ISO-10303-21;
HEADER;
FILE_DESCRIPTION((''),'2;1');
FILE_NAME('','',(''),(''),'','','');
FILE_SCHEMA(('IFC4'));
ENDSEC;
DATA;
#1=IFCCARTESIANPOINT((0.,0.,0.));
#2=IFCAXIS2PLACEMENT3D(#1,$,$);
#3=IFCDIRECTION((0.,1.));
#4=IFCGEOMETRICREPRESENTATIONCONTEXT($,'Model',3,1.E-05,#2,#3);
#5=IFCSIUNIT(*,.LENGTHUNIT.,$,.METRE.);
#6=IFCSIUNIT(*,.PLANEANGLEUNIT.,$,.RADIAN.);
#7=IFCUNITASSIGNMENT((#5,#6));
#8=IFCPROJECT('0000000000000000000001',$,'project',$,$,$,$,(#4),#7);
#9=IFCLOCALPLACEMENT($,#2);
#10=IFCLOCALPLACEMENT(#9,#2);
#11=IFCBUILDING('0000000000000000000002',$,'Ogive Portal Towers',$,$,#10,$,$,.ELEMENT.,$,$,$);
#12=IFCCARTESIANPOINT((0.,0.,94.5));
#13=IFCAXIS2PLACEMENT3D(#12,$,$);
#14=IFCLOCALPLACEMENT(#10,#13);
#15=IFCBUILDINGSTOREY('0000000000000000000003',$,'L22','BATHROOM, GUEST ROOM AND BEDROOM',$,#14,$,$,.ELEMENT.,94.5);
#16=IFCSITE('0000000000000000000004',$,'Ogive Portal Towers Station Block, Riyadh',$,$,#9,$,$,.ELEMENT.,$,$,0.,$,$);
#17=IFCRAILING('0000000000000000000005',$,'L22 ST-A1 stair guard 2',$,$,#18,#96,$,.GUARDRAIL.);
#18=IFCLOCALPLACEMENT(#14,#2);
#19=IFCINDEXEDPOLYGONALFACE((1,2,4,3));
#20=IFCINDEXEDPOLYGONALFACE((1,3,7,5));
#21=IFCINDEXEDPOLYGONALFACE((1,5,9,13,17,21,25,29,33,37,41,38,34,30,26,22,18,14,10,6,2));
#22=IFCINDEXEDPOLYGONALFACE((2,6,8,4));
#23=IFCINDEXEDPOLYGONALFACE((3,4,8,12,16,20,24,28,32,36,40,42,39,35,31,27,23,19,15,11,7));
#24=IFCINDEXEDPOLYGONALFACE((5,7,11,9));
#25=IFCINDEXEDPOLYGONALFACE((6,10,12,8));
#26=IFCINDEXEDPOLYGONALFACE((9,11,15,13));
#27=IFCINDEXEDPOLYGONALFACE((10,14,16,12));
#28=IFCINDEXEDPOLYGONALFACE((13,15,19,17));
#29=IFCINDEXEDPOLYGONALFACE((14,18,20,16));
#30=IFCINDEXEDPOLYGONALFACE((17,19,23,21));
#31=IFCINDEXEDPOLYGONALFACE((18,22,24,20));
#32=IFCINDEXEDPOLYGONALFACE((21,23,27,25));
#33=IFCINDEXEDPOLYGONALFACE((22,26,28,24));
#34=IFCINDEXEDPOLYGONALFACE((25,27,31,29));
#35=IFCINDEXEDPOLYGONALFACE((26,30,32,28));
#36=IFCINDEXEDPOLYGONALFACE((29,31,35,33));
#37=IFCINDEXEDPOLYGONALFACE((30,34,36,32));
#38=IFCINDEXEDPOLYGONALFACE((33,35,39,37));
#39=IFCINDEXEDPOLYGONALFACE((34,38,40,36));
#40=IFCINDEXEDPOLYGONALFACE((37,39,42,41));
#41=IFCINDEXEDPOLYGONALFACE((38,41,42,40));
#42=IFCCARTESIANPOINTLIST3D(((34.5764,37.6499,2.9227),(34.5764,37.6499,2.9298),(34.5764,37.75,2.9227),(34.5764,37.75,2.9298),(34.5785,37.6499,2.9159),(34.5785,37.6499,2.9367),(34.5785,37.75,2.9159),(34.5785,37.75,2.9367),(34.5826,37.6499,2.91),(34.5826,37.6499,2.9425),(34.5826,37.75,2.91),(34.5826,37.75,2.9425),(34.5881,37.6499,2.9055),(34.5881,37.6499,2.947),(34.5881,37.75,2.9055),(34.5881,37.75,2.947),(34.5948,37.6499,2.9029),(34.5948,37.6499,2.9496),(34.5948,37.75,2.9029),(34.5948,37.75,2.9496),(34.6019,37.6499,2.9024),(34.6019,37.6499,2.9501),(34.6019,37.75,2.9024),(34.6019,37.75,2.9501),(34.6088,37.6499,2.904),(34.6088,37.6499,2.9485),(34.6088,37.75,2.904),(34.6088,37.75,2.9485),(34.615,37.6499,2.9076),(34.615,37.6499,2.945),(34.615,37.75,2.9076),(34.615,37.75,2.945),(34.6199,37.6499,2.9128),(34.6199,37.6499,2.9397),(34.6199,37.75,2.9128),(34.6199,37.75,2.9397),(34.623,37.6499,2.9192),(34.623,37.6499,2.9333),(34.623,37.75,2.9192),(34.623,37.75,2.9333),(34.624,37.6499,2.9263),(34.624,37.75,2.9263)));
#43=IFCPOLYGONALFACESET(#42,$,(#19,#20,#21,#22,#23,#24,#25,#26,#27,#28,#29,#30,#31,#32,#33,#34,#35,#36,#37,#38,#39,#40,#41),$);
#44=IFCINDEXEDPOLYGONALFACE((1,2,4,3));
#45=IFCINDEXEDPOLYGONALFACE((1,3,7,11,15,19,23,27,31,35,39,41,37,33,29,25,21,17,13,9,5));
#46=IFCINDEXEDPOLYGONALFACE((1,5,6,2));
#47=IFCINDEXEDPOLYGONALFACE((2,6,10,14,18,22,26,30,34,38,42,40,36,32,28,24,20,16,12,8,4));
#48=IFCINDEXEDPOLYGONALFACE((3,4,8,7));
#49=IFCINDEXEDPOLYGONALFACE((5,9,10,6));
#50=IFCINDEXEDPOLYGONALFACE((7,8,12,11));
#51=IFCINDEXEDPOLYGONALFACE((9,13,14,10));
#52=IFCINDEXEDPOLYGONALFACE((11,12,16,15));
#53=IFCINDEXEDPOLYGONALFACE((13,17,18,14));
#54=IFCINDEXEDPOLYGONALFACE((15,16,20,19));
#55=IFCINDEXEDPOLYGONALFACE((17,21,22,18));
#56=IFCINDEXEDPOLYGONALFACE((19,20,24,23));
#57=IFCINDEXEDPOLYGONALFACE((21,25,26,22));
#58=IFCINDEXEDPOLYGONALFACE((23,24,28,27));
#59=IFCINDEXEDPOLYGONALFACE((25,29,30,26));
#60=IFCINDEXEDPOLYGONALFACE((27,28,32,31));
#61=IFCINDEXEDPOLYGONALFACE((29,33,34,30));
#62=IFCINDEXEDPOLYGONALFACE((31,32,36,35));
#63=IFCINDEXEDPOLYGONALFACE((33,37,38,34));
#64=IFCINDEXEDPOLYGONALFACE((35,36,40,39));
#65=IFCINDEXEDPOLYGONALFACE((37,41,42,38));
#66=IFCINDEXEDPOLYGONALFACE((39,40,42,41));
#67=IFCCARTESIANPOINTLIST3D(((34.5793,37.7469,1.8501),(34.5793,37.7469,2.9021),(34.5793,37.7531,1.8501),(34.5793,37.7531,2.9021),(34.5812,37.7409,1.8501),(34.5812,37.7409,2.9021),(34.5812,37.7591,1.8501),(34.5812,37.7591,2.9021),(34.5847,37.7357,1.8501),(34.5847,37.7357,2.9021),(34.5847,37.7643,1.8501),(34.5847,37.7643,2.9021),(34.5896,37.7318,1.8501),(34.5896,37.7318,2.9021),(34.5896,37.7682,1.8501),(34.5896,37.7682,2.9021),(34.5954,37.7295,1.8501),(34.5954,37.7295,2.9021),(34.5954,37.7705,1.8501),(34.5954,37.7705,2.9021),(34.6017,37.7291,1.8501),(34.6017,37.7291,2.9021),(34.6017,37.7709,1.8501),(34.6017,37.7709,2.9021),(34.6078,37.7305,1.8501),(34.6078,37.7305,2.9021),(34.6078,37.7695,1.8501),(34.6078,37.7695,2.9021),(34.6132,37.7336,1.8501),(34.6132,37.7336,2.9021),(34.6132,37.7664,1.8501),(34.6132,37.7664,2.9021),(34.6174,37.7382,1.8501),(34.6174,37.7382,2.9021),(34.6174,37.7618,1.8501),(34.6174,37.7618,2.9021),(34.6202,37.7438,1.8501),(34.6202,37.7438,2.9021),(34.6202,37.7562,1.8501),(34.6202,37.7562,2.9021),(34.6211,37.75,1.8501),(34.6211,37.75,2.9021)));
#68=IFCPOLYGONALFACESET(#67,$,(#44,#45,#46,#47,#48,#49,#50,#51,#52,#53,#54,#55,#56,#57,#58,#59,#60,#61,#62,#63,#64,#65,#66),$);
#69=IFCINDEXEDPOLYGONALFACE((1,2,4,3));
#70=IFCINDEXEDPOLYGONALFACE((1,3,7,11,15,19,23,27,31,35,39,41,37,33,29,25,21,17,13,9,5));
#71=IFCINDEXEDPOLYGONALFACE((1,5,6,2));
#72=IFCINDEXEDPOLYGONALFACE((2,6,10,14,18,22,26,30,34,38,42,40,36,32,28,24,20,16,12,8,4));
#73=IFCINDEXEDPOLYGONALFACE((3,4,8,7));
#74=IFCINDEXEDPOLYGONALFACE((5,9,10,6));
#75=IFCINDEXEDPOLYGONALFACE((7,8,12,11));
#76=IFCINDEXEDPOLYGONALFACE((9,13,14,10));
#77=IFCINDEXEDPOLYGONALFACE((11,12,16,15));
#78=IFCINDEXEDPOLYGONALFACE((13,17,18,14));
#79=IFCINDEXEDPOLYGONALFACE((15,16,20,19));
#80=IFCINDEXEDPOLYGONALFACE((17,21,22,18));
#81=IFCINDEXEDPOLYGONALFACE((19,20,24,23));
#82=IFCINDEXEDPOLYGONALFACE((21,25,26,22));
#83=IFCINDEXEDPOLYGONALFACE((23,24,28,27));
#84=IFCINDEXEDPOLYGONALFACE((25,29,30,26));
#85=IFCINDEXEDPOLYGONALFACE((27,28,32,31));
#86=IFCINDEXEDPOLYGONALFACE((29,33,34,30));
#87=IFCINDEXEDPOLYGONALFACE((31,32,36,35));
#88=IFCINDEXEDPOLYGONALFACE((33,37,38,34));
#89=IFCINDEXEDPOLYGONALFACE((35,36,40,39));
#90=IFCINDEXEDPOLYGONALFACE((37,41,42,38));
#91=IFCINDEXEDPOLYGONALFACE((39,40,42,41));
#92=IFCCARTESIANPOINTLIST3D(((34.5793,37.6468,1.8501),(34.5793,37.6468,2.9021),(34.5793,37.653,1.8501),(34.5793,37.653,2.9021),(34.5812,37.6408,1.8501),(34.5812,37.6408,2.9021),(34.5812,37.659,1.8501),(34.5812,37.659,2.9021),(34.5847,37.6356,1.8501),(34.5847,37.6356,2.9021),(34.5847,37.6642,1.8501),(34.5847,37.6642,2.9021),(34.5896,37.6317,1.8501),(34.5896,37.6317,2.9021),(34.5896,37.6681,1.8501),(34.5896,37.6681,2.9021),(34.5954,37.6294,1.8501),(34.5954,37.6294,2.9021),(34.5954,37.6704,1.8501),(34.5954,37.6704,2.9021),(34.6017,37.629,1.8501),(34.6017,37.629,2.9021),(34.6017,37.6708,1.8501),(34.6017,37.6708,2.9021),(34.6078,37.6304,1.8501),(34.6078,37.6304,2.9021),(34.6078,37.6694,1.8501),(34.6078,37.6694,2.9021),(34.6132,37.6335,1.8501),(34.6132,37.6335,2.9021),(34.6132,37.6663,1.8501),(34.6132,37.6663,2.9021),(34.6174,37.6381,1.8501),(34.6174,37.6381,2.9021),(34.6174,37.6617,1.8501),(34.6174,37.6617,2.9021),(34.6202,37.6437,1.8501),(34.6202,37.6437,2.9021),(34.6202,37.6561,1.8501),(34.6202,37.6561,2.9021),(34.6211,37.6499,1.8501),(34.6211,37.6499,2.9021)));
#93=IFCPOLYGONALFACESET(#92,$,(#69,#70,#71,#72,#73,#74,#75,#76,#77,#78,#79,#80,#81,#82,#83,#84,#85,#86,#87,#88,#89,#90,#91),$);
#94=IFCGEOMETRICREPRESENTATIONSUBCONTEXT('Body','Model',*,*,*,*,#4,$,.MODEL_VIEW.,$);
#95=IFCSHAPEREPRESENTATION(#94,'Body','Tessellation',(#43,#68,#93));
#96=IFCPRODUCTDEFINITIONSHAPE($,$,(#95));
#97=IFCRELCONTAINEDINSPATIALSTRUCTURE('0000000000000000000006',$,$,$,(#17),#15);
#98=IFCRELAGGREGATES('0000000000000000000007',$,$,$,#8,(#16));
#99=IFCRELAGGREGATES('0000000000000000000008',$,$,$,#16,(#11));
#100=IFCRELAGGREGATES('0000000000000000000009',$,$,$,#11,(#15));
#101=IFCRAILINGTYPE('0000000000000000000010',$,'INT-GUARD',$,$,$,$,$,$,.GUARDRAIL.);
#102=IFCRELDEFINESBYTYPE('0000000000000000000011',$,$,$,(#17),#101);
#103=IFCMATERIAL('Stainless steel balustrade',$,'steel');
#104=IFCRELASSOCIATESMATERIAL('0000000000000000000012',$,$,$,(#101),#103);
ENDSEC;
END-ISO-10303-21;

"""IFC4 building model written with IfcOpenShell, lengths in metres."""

from ifc_helpers import new_model, si_unit, direction, frame, origin, origin_2d, place, context, subcontext, project, spatial, circle, extrude, material, type_object, element, save


model = new_model("IFC4")

# Units and contexts
model_context = context("Model", 3, precision=1e-05, world=origin(), true_north=direction((0.0, 1.0)))
body_context = subcontext(model_context, "Body", "Model", "MODEL_VIEW")
ifc_project = project(units=[si_unit("LENGTHUNIT", "METRE"), si_unit("PLANEANGLEUNIT", "RADIAN")], contexts=[model_context])

# Site, building, storey
site_placement = place(None, origin())
site = spatial("IfcSite", under=ifc_project, at=site_placement, Name="Ogive Portal Towers Station Block, Riyadh", CompositionType="ELEMENT", RefElevation=0.0)
building_placement = place(site_placement, origin())
building = spatial("IfcBuilding", under=site, at=building_placement, Name="Ogive Portal Towers", CompositionType="ELEMENT")
storey_placement = place(building_placement, frame((0.0, 0.0, 94.5)))
storey = spatial("IfcBuildingStorey", under=building, at=storey_placement, Name="L22", Description="BATHROOM, GUEST ROOM AND BEDROOM", CompositionType="ELEMENT", Elevation=94.5)

# Railing
ifc_material_1 = material(Name="Stainless steel balustrade", Category="steel")
railing_type_1 = type_object("IfcRailingType", Name="INT-GUARD", PredefinedType="GUARDRAIL", material=ifc_material_1)
railing_1_placement = place(storey_placement, frame((34.6001, 37.75, 1.8501)))
element("IfcRailing", 1, at=railing_1_placement, inside=storey, type_object=railing_type_1, Name="L22 ST-A1 stair guard 2", PredefinedType="GUARDRAIL", context=body_context, shape_type="SweptSolid", body=[
    extrude(circle(Radius=0.0239, at=origin_2d()), frame((0.0, 0.0, 1.0762), z_axis=(0.0, -1.0, 0.0), x_axis=(1.0, 0.0, 0.0)), (0.0, 0.0, 1.0), 0.1001),
    extrude(circle(Radius=0.021, at=origin_2d()), origin(), (0.0, 0.0, 1.0), 1.052),
    extrude(circle(Radius=0.021, at=origin_2d()), frame((0.0, -0.1001, 0.0)), (0.0, 0.0, 1.0), 1.052),
])

save(model, "model.ifc")
